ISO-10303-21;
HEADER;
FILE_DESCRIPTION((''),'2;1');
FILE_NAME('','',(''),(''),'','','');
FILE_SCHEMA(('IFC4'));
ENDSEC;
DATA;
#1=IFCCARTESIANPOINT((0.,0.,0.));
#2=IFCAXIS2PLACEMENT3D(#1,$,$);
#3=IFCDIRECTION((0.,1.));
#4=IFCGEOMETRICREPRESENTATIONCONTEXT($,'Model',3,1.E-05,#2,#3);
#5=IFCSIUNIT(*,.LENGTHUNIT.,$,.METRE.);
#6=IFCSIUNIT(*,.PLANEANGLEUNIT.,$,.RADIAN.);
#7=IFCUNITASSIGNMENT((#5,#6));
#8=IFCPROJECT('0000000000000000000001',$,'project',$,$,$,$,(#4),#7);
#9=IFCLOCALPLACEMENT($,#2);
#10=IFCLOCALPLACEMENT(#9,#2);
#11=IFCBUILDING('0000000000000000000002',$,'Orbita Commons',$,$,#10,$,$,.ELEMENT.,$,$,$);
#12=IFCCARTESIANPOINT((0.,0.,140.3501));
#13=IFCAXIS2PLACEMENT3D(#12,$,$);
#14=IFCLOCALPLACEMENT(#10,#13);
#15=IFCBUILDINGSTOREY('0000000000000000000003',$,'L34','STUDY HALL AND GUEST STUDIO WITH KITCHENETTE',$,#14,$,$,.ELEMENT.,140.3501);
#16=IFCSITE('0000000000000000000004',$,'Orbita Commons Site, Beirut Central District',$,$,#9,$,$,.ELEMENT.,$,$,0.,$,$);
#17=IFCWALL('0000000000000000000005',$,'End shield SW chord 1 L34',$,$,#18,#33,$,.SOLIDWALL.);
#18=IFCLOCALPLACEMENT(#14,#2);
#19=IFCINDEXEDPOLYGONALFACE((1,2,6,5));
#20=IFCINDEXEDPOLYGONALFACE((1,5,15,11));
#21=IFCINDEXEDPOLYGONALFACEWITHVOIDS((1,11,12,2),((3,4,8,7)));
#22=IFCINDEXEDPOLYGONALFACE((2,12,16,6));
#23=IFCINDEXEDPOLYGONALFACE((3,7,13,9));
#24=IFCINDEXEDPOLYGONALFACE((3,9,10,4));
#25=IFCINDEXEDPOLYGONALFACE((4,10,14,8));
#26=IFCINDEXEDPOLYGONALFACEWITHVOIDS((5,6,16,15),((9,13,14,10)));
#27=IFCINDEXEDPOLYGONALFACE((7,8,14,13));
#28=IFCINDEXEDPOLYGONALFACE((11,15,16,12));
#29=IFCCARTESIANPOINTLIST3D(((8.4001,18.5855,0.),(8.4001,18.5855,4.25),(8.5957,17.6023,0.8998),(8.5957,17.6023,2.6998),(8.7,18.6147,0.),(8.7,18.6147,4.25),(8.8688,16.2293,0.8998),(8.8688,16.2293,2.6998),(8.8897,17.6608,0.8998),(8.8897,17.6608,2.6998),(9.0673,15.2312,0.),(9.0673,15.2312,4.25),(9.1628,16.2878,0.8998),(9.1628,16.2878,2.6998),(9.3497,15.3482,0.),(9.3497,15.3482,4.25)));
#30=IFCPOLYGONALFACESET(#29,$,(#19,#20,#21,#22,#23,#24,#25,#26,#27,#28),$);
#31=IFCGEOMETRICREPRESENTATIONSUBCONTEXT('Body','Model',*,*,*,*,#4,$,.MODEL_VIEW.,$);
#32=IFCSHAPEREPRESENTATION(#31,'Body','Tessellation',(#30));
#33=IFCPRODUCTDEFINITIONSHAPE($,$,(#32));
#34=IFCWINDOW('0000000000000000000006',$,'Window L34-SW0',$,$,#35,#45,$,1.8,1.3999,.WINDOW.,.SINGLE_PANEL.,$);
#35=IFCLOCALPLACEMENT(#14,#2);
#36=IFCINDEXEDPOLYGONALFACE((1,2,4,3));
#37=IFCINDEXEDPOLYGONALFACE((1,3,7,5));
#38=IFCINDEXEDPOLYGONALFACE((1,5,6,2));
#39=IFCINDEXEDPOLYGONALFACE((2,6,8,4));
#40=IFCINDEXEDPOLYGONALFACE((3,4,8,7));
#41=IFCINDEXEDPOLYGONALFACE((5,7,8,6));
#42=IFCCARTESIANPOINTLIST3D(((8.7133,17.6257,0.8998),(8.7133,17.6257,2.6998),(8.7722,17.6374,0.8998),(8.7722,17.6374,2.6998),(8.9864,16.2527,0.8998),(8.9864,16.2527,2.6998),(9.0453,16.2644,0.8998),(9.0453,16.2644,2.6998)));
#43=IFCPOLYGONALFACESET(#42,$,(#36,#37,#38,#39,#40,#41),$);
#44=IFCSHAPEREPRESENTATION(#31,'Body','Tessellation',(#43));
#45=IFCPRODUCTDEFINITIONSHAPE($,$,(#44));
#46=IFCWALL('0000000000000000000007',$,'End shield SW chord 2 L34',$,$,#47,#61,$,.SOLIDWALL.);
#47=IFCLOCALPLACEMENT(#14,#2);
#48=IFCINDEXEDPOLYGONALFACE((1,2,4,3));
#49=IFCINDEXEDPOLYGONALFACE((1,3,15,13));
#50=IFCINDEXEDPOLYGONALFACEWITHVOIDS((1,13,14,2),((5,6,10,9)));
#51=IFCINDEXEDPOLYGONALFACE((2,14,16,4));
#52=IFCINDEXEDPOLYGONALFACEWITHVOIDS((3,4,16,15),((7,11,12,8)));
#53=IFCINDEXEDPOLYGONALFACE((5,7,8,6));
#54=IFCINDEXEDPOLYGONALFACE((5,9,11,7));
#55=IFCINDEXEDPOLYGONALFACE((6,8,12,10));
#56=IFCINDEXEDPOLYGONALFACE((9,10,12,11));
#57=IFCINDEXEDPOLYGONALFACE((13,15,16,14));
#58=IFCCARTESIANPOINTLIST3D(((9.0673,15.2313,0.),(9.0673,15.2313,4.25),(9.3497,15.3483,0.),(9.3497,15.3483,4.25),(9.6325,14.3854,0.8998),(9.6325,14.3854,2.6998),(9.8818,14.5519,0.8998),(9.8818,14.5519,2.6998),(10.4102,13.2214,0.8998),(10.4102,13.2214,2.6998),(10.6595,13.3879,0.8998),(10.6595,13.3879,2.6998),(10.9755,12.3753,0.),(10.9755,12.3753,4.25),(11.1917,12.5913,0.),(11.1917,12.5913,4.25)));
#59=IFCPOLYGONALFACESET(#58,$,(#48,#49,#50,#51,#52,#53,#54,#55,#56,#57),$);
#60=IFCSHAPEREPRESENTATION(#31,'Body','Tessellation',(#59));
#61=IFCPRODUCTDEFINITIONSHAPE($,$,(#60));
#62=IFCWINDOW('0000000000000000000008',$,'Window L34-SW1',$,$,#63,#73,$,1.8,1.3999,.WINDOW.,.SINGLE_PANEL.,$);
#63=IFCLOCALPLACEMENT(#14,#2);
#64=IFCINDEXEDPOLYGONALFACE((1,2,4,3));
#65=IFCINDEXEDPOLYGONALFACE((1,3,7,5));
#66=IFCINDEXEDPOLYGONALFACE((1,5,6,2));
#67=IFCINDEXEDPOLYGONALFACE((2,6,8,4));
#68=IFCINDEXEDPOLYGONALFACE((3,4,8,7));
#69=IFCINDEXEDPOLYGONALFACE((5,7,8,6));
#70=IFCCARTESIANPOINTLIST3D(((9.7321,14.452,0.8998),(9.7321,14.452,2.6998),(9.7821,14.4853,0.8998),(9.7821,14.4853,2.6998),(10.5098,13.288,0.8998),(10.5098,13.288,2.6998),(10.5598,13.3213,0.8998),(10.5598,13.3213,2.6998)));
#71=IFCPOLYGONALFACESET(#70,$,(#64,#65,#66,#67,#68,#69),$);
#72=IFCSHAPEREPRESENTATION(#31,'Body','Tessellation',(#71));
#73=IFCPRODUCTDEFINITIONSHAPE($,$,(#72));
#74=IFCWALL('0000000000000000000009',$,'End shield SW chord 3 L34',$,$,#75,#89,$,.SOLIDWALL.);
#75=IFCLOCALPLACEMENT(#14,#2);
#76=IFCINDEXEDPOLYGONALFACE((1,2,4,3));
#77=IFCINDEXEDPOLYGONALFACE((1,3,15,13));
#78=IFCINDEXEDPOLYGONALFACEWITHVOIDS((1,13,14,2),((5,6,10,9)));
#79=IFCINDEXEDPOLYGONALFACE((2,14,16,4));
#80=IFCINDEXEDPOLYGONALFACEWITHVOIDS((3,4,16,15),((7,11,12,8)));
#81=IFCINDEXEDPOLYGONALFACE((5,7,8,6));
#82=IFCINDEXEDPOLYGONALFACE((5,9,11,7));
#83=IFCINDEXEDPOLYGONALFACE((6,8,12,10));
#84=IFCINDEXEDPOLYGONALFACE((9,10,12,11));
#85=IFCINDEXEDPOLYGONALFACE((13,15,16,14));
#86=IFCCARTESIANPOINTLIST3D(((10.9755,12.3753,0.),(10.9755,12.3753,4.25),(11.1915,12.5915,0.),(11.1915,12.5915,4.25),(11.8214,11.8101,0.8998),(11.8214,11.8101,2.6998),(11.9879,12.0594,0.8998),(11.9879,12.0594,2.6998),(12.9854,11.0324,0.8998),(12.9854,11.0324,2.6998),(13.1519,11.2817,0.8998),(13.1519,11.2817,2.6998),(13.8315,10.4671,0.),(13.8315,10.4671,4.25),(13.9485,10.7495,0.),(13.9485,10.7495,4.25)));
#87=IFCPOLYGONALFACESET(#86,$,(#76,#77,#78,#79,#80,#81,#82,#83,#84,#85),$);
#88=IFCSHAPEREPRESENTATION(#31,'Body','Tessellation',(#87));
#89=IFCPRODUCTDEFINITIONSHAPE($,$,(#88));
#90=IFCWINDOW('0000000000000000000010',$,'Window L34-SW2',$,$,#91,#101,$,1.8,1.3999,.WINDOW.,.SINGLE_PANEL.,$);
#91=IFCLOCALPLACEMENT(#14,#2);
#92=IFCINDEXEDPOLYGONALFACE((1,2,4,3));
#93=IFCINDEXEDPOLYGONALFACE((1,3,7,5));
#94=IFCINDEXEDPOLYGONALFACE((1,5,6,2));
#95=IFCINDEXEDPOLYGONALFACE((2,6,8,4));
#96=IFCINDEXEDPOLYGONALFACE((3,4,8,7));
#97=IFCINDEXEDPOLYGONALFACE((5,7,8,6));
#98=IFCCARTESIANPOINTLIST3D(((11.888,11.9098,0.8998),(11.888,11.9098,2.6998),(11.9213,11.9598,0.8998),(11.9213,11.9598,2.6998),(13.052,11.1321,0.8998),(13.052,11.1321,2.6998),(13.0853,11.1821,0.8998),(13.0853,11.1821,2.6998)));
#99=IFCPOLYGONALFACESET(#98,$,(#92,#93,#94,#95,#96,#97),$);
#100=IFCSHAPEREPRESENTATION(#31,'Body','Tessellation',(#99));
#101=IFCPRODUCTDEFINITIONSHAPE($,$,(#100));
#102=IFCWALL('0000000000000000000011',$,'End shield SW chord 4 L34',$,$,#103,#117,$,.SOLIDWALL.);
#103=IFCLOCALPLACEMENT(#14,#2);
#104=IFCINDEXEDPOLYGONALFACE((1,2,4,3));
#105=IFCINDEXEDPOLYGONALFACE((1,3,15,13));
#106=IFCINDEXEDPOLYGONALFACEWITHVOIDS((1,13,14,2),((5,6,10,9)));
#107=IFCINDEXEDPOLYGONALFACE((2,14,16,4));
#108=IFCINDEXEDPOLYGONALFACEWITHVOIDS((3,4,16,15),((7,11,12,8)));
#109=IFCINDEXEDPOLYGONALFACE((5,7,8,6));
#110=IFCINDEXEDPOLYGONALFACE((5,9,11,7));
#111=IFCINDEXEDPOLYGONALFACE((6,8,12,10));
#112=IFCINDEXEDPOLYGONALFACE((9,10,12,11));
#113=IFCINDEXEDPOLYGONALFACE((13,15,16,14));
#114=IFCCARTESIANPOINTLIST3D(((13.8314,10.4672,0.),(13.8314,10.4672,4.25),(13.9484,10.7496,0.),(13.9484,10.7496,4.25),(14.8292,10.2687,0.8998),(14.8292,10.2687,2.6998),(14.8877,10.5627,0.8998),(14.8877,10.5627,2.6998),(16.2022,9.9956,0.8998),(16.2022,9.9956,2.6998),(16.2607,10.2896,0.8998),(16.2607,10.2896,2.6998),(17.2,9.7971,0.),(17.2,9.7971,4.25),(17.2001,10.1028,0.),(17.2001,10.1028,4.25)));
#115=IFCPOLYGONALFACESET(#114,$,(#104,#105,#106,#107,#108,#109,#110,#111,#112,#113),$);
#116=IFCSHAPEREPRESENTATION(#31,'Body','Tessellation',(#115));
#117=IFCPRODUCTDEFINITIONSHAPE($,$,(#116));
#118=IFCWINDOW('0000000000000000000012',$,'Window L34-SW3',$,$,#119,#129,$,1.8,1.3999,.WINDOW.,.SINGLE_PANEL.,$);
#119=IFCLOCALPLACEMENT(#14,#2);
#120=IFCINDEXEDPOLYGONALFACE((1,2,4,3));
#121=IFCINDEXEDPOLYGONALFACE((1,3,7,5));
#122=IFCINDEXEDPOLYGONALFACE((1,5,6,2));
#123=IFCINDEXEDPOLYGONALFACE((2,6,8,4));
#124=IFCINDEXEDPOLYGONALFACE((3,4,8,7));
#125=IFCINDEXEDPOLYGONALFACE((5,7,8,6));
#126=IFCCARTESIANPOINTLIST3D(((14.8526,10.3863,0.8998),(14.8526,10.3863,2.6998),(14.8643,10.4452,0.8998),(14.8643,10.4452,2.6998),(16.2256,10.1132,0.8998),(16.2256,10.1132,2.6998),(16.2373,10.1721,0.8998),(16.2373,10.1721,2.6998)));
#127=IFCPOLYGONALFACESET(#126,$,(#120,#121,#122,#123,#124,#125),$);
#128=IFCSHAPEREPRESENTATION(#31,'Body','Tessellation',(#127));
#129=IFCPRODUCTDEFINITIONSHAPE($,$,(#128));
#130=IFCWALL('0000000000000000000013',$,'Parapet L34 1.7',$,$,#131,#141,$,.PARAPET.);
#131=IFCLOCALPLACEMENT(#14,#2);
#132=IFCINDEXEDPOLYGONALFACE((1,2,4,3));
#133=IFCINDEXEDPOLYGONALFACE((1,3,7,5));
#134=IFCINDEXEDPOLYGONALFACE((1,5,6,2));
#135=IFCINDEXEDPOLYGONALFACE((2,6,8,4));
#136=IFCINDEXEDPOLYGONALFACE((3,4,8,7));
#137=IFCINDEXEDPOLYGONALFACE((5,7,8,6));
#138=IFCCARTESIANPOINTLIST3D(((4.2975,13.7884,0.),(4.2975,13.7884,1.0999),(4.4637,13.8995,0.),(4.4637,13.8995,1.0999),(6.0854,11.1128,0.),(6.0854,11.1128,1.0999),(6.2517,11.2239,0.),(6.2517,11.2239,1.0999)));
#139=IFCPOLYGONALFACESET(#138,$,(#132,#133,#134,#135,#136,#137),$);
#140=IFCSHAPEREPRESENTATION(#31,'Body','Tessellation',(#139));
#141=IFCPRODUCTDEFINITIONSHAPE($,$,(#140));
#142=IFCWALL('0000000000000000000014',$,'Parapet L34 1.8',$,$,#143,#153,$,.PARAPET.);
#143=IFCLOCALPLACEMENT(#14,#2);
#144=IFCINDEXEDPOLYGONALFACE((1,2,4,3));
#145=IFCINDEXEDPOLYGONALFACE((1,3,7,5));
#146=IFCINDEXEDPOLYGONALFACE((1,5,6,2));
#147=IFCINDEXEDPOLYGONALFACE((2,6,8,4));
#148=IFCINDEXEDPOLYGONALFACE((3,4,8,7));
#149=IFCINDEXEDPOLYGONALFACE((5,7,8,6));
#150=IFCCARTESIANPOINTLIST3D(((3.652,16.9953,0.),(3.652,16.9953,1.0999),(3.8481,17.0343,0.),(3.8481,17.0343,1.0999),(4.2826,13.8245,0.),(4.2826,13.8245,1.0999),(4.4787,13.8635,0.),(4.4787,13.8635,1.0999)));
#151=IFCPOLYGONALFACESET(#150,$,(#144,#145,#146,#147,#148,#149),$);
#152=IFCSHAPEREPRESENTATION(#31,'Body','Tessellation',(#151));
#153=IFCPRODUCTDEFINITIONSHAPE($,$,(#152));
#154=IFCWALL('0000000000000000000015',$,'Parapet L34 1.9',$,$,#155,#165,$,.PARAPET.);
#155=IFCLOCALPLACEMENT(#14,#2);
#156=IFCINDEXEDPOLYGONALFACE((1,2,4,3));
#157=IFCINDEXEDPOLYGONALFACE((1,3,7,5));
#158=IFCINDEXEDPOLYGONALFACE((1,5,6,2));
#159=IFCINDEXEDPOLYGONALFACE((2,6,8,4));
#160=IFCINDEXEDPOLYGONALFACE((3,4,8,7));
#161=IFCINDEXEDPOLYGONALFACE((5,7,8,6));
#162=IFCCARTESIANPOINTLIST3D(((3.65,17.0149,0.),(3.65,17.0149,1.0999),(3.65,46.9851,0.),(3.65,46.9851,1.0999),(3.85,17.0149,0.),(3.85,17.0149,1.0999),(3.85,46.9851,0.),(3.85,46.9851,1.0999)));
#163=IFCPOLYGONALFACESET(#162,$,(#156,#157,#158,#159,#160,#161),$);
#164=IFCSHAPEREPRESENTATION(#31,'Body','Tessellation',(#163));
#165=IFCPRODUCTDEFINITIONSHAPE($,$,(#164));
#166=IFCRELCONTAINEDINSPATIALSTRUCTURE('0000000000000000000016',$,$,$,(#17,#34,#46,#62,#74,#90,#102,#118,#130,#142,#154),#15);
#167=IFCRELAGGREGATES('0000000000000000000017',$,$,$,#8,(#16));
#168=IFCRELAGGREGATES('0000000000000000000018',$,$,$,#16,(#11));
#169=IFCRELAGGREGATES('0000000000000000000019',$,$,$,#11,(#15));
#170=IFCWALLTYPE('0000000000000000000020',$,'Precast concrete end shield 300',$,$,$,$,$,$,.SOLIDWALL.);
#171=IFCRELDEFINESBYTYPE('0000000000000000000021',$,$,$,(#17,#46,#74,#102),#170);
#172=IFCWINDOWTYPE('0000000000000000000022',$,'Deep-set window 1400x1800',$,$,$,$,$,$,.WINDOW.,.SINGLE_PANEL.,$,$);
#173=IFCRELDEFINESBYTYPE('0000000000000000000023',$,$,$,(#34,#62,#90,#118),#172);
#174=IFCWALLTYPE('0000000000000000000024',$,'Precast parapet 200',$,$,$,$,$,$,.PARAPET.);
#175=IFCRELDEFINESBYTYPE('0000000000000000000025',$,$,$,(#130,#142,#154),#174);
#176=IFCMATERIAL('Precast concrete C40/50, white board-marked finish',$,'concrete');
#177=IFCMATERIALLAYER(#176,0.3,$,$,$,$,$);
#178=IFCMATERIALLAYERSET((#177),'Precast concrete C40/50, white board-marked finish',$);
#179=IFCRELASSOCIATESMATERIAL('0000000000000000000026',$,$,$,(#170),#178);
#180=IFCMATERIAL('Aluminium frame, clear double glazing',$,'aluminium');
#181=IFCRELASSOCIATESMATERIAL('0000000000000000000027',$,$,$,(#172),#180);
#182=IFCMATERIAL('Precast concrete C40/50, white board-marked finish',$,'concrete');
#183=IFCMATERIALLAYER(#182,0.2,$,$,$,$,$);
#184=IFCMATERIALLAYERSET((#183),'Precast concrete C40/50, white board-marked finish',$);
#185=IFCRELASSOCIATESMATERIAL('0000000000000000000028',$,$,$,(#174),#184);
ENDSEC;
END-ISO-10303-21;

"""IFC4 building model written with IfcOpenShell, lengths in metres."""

from ifc_helpers import new_model, si_unit, direction, frame, frame_2d, origin, place, context, subcontext, project, spatial, polyline, rectangle, outline, extrude, material, layer, layer_set, type_object, element, fill, save


model = new_model("IFC4")

# Units and contexts
model_context = context("Model", 3, precision=1e-05, world=origin(), true_north=direction((0.0, 1.0)))
body_context = subcontext(model_context, "Body", "Model", "MODEL_VIEW")
ifc_project = project(units=[si_unit("LENGTHUNIT", "METRE"), si_unit("PLANEANGLEUNIT", "RADIAN")], contexts=[model_context])

# Site, building, storey
site_placement = place(None, origin())
site = spatial("IfcSite", under=ifc_project, at=site_placement, Name="Orbita Commons Site, Beirut Central District", CompositionType="ELEMENT", RefElevation=0.0)
building_placement = place(site_placement, origin())
building = spatial("IfcBuilding", under=site, at=building_placement, Name="Orbita Commons", CompositionType="ELEMENT")
storey_placement = place(building_placement, frame((0.0, 0.0, 140.3501)))
storey = spatial("IfcBuildingStorey", under=building, at=storey_placement, Name="L34", Description="STUDY HALL AND GUEST STUDIO WITH KITCHENETTE", CompositionType="ELEMENT", Elevation=140.3501)

# Walls, openings, windows
ifc_material_1 = material(Name="Precast concrete C40/50, white board-marked finish", Category="concrete")
ifc_layer_1 = layer(ifc_material_1, 0.3)
ifc_layer_set_1 = layer_set([ifc_layer_1], Name="Precast concrete C40/50, white board-marked finish")
wall_type_1 = type_object("IfcWallType", Name="Precast concrete end shield 300", PredefinedType="SOLIDWALL", material=ifc_layer_set_1)
wall_1_placement = place(storey_placement, frame((8.55, 18.6001, 0.0), z_axis=(0.0, 0.0, 1.0), x_axis=(0.195087, -0.980786, 0.0)))
wall_1 = element("IfcWall", 1, at=wall_1_placement, inside=storey, type_object=wall_type_1, Name="End shield SW chord 1 L34", PredefinedType="SOLIDWALL", context=body_context, shape_type="SweptSolid", body=[
    extrude(outline(polyline([(-0.0149, -0.1499), (3.405, -0.1499), (3.3455, 0.1499), (0.0149, 0.1499), (-0.0149, -0.1499)])), origin(), (0.0, 0.0, 1.0), 4.25),
])
opening_1_placement = place(wall_1_placement, frame((0.9875, 0.0, 0.8999)))
opening_1 = element("IfcOpeningElement", 2, at=opening_1_placement, cuts=wall_1, PredefinedType="OPENING", context=body_context, shape_type="SweptSolid", body=[
    extrude(rectangle(XDim=1.3999, YDim=1.8, at=frame_2d((0.7, 0.8999))), frame((0.0, 0.1599, 0.0), z_axis=(0.0, -1.0, 0.0), x_axis=(1.0, 0.0, 0.0)), (0.0, 0.0, 1.0), 0.3201),
])
ifc_material_2 = material(Name="Aluminium frame, clear double glazing", Category="aluminium")
window_type = type_object("IfcWindowType", Name="Deep-set window 1400x1800", PartitioningType="SINGLE_PANEL", PredefinedType="WINDOW", material=ifc_material_2)
window_1_placement = place(opening_1_placement, origin())
window_1 = element("IfcWindow", 3, at=window_1_placement, inside=storey, type_object=window_type, Name="Window L34-SW0", OverallHeight=1.8, OverallWidth=1.3999, PartitioningType="SINGLE_PANEL", PredefinedType="WINDOW", context=body_context, shape_type="SweptSolid", body=[
    extrude(rectangle(XDim=1.3999, YDim=1.8, at=frame_2d((0.7, 0.8999))), frame((0.0, 0.03, 0.0), z_axis=(0.0, -1.0, 0.0), x_axis=(1.0, 0.0, 0.0)), (0.0, 0.0, 1.0), 0.0601),
])
fill(opening_1, window_1)
wall_2_placement = place(storey_placement, frame((9.2085, 15.2898, 0.0), z_axis=(0.0, 0.0, 1.0), x_axis=(0.555535, -0.831493, 0.0)))
wall_2 = element("IfcWall", 4, at=wall_2_placement, inside=storey, type_object=wall_type_1, Name="End shield SW chord 2 L34", PredefinedType="SOLIDWALL", context=body_context, shape_type="SweptSolid", body=[
    extrude(outline(polyline([(-0.0298, -0.1499), (3.405, -0.1499), (3.3455, 0.1499), (0.0298, 0.1499), (-0.0298, -0.1499)])), origin(), (0.0, 0.0, 1.0), 4.25),
])
opening_2_placement = place(wall_2_placement, frame((0.9875, 0.0, 0.8999)))
opening_2 = element("IfcOpeningElement", 5, at=opening_2_placement, cuts=wall_2, PredefinedType="OPENING", context=body_context, shape_type="SweptSolid", body=[
    extrude(rectangle(XDim=1.3999, YDim=1.8, at=frame_2d((0.7, 0.8999))), frame((0.0, 0.1599, 0.0), z_axis=(0.0, -1.0, 0.0), x_axis=(1.0, 0.0, 0.0)), (0.0, 0.0, 1.0), 0.3201),
])
window_2_placement = place(opening_2_placement, origin())
window_2 = element("IfcWindow", 6, at=window_2_placement, inside=storey, type_object=window_type, Name="Window L34-SW1", OverallHeight=1.8, OverallWidth=1.3999, PartitioningType="SINGLE_PANEL", PredefinedType="WINDOW", context=body_context, shape_type="SweptSolid", body=[
    extrude(rectangle(XDim=1.3999, YDim=1.8, at=frame_2d((0.7, 0.8999))), frame((0.0, 0.03, 0.0), z_axis=(0.0, -1.0, 0.0), x_axis=(1.0, 0.0, 0.0)), (0.0, 0.0, 1.0), 0.0601),
])
fill(opening_2, window_2)
wall_3_placement = place(storey_placement, frame((11.0835, 12.4834, 0.0), z_axis=(0.0, 0.0, 1.0), x_axis=(0.831493, -0.555535, 0.0)))
wall_3 = element("IfcWall", 7, at=wall_3_placement, inside=storey, type_object=wall_type_1, Name="End shield SW chord 3 L34", PredefinedType="SOLIDWALL", context=body_context, shape_type="SweptSolid", body=[
    extrude(outline(polyline([(-0.0298, -0.1499), (3.405, -0.1499), (3.3455, 0.1499), (0.0298, 0.1499), (-0.0298, -0.1499)])), origin(), (0.0, 0.0, 1.0), 4.25),
])
opening_3_placement = place(wall_3_placement, frame((0.9875, 0.0, 0.8999)))
opening_3 = element("IfcOpeningElement", 8, at=opening_3_placement, cuts=wall_3, PredefinedType="OPENING", context=body_context, shape_type="SweptSolid", body=[
    extrude(rectangle(XDim=1.3999, YDim=1.8, at=frame_2d((0.7, 0.8999))), frame((0.0, 0.1599, 0.0), z_axis=(0.0, -1.0, 0.0), x_axis=(1.0, 0.0, 0.0)), (0.0, 0.0, 1.0), 0.3201),
])
window_3_placement = place(opening_3_placement, origin())
window_3 = element("IfcWindow", 9, at=window_3_placement, inside=storey, type_object=window_type, Name="Window L34-SW2", OverallHeight=1.8, OverallWidth=1.3999, PartitioningType="SINGLE_PANEL", PredefinedType="WINDOW", context=body_context, shape_type="SweptSolid", body=[
    extrude(rectangle(XDim=1.3999, YDim=1.8, at=frame_2d((0.7, 0.8999))), frame((0.0, 0.03, 0.0), z_axis=(0.0, -1.0, 0.0), x_axis=(1.0, 0.0, 0.0)), (0.0, 0.0, 1.0), 0.0601),
])
fill(opening_3, window_3)
wall_4_placement = place(storey_placement, frame((13.8899, 10.6084, 0.0), z_axis=(0.0, 0.0, 1.0), x_axis=(0.980783, -0.1951, 0.0)))
wall_4 = element("IfcWall", 10, at=wall_4_placement, inside=storey, type_object=wall_type_1, Name="End shield SW chord 4 L34", PredefinedType="SOLIDWALL", context=body_context, shape_type="SweptSolid", body=[
    extrude(outline(polyline([(-0.0298, -0.1499), (3.4048, -0.1499), (3.3452, 0.1499), (0.0298, 0.1499), (-0.0298, -0.1499)])), origin(), (0.0, 0.0, 1.0), 4.25),
])
opening_4_placement = place(wall_4_placement, frame((0.9875, 0.0, 0.8999)))
opening_4 = element("IfcOpeningElement", 11, at=opening_4_placement, cuts=wall_4, PredefinedType="OPENING", context=body_context, shape_type="SweptSolid", body=[
    extrude(rectangle(XDim=1.3999, YDim=1.8, at=frame_2d((0.7, 0.8999))), frame((0.0, 0.1599, 0.0), z_axis=(0.0, -1.0, 0.0), x_axis=(1.0, 0.0, 0.0)), (0.0, 0.0, 1.0), 0.3201),
])
window_4_placement = place(opening_4_placement, origin())
window_4 = element("IfcWindow", 12, at=window_4_placement, inside=storey, type_object=window_type, Name="Window L34-SW3", OverallHeight=1.8, OverallWidth=1.3999, PartitioningType="SINGLE_PANEL", PredefinedType="WINDOW", context=body_context, shape_type="SweptSolid", body=[
    extrude(rectangle(XDim=1.3999, YDim=1.8, at=frame_2d((0.7, 0.8999))), frame((0.0, 0.03, 0.0), z_axis=(0.0, -1.0, 0.0), x_axis=(1.0, 0.0, 0.0)), (0.0, 0.0, 1.0), 0.0601),
])
fill(opening_4, window_4)

# Walls
ifc_material_3 = material(Name="Precast concrete C40/50, white board-marked finish", Category="concrete")
ifc_layer_2 = layer(ifc_material_3, 0.2)
ifc_layer_set_2 = layer_set([ifc_layer_2], Name="Precast concrete C40/50, white board-marked finish")
wall_type_2 = type_object("IfcWallType", Name="Precast parapet 200", PredefinedType="PARAPET", material=ifc_layer_set_2)
wall_5_placement = place(storey_placement, frame((6.1685, 11.1685, 0.0), z_axis=(0.0, 0.0, 1.0), x_axis=(-0.555593, 0.831455, 0.0)))
element("IfcWall", 13, at=wall_5_placement, inside=storey, type_object=wall_type_2, Name="Parapet L34 1.7", PredefinedType="PARAPET", context=body_context, shape_type="SweptSolid", body=[
    extrude(rectangle(XDim=3.218, YDim=0.2, at=frame_2d((1.6089, 0.0))), origin(), (0.0, 0.0, 1.0), 1.0999),
])
wall_6_placement = place(storey_placement, frame((4.3806, 13.844, 0.0), z_axis=(0.0, 0.0, 1.0), x_axis=(-0.195056, 0.980792, 0.0)))
element("IfcWall", 14, at=wall_6_placement, inside=storey, type_object=wall_type_2, Name="Parapet L34 1.8", PredefinedType="PARAPET", context=body_context, shape_type="SweptSolid", body=[
    extrude(rectangle(XDim=3.2329, YDim=0.2, at=frame_2d((1.6165, 0.0))), origin(), (0.0, 0.0, 1.0), 1.0999),
])
wall_7_placement = place(storey_placement, frame((3.75, 17.0149, 0.0), z_axis=(0.0, 0.0, 1.0), x_axis=(0.0, 1.0, 0.0)))
element("IfcWall", 15, at=wall_7_placement, inside=storey, type_object=wall_type_2, Name="Parapet L34 1.9", PredefinedType="PARAPET", context=body_context, shape_type="SweptSolid", body=[
    extrude(rectangle(XDim=29.9702, YDim=0.2, at=frame_2d((14.9851, 0.0))), origin(), (0.0, 0.0, 1.0), 1.0999),
])

save(model, "model.ifc")
